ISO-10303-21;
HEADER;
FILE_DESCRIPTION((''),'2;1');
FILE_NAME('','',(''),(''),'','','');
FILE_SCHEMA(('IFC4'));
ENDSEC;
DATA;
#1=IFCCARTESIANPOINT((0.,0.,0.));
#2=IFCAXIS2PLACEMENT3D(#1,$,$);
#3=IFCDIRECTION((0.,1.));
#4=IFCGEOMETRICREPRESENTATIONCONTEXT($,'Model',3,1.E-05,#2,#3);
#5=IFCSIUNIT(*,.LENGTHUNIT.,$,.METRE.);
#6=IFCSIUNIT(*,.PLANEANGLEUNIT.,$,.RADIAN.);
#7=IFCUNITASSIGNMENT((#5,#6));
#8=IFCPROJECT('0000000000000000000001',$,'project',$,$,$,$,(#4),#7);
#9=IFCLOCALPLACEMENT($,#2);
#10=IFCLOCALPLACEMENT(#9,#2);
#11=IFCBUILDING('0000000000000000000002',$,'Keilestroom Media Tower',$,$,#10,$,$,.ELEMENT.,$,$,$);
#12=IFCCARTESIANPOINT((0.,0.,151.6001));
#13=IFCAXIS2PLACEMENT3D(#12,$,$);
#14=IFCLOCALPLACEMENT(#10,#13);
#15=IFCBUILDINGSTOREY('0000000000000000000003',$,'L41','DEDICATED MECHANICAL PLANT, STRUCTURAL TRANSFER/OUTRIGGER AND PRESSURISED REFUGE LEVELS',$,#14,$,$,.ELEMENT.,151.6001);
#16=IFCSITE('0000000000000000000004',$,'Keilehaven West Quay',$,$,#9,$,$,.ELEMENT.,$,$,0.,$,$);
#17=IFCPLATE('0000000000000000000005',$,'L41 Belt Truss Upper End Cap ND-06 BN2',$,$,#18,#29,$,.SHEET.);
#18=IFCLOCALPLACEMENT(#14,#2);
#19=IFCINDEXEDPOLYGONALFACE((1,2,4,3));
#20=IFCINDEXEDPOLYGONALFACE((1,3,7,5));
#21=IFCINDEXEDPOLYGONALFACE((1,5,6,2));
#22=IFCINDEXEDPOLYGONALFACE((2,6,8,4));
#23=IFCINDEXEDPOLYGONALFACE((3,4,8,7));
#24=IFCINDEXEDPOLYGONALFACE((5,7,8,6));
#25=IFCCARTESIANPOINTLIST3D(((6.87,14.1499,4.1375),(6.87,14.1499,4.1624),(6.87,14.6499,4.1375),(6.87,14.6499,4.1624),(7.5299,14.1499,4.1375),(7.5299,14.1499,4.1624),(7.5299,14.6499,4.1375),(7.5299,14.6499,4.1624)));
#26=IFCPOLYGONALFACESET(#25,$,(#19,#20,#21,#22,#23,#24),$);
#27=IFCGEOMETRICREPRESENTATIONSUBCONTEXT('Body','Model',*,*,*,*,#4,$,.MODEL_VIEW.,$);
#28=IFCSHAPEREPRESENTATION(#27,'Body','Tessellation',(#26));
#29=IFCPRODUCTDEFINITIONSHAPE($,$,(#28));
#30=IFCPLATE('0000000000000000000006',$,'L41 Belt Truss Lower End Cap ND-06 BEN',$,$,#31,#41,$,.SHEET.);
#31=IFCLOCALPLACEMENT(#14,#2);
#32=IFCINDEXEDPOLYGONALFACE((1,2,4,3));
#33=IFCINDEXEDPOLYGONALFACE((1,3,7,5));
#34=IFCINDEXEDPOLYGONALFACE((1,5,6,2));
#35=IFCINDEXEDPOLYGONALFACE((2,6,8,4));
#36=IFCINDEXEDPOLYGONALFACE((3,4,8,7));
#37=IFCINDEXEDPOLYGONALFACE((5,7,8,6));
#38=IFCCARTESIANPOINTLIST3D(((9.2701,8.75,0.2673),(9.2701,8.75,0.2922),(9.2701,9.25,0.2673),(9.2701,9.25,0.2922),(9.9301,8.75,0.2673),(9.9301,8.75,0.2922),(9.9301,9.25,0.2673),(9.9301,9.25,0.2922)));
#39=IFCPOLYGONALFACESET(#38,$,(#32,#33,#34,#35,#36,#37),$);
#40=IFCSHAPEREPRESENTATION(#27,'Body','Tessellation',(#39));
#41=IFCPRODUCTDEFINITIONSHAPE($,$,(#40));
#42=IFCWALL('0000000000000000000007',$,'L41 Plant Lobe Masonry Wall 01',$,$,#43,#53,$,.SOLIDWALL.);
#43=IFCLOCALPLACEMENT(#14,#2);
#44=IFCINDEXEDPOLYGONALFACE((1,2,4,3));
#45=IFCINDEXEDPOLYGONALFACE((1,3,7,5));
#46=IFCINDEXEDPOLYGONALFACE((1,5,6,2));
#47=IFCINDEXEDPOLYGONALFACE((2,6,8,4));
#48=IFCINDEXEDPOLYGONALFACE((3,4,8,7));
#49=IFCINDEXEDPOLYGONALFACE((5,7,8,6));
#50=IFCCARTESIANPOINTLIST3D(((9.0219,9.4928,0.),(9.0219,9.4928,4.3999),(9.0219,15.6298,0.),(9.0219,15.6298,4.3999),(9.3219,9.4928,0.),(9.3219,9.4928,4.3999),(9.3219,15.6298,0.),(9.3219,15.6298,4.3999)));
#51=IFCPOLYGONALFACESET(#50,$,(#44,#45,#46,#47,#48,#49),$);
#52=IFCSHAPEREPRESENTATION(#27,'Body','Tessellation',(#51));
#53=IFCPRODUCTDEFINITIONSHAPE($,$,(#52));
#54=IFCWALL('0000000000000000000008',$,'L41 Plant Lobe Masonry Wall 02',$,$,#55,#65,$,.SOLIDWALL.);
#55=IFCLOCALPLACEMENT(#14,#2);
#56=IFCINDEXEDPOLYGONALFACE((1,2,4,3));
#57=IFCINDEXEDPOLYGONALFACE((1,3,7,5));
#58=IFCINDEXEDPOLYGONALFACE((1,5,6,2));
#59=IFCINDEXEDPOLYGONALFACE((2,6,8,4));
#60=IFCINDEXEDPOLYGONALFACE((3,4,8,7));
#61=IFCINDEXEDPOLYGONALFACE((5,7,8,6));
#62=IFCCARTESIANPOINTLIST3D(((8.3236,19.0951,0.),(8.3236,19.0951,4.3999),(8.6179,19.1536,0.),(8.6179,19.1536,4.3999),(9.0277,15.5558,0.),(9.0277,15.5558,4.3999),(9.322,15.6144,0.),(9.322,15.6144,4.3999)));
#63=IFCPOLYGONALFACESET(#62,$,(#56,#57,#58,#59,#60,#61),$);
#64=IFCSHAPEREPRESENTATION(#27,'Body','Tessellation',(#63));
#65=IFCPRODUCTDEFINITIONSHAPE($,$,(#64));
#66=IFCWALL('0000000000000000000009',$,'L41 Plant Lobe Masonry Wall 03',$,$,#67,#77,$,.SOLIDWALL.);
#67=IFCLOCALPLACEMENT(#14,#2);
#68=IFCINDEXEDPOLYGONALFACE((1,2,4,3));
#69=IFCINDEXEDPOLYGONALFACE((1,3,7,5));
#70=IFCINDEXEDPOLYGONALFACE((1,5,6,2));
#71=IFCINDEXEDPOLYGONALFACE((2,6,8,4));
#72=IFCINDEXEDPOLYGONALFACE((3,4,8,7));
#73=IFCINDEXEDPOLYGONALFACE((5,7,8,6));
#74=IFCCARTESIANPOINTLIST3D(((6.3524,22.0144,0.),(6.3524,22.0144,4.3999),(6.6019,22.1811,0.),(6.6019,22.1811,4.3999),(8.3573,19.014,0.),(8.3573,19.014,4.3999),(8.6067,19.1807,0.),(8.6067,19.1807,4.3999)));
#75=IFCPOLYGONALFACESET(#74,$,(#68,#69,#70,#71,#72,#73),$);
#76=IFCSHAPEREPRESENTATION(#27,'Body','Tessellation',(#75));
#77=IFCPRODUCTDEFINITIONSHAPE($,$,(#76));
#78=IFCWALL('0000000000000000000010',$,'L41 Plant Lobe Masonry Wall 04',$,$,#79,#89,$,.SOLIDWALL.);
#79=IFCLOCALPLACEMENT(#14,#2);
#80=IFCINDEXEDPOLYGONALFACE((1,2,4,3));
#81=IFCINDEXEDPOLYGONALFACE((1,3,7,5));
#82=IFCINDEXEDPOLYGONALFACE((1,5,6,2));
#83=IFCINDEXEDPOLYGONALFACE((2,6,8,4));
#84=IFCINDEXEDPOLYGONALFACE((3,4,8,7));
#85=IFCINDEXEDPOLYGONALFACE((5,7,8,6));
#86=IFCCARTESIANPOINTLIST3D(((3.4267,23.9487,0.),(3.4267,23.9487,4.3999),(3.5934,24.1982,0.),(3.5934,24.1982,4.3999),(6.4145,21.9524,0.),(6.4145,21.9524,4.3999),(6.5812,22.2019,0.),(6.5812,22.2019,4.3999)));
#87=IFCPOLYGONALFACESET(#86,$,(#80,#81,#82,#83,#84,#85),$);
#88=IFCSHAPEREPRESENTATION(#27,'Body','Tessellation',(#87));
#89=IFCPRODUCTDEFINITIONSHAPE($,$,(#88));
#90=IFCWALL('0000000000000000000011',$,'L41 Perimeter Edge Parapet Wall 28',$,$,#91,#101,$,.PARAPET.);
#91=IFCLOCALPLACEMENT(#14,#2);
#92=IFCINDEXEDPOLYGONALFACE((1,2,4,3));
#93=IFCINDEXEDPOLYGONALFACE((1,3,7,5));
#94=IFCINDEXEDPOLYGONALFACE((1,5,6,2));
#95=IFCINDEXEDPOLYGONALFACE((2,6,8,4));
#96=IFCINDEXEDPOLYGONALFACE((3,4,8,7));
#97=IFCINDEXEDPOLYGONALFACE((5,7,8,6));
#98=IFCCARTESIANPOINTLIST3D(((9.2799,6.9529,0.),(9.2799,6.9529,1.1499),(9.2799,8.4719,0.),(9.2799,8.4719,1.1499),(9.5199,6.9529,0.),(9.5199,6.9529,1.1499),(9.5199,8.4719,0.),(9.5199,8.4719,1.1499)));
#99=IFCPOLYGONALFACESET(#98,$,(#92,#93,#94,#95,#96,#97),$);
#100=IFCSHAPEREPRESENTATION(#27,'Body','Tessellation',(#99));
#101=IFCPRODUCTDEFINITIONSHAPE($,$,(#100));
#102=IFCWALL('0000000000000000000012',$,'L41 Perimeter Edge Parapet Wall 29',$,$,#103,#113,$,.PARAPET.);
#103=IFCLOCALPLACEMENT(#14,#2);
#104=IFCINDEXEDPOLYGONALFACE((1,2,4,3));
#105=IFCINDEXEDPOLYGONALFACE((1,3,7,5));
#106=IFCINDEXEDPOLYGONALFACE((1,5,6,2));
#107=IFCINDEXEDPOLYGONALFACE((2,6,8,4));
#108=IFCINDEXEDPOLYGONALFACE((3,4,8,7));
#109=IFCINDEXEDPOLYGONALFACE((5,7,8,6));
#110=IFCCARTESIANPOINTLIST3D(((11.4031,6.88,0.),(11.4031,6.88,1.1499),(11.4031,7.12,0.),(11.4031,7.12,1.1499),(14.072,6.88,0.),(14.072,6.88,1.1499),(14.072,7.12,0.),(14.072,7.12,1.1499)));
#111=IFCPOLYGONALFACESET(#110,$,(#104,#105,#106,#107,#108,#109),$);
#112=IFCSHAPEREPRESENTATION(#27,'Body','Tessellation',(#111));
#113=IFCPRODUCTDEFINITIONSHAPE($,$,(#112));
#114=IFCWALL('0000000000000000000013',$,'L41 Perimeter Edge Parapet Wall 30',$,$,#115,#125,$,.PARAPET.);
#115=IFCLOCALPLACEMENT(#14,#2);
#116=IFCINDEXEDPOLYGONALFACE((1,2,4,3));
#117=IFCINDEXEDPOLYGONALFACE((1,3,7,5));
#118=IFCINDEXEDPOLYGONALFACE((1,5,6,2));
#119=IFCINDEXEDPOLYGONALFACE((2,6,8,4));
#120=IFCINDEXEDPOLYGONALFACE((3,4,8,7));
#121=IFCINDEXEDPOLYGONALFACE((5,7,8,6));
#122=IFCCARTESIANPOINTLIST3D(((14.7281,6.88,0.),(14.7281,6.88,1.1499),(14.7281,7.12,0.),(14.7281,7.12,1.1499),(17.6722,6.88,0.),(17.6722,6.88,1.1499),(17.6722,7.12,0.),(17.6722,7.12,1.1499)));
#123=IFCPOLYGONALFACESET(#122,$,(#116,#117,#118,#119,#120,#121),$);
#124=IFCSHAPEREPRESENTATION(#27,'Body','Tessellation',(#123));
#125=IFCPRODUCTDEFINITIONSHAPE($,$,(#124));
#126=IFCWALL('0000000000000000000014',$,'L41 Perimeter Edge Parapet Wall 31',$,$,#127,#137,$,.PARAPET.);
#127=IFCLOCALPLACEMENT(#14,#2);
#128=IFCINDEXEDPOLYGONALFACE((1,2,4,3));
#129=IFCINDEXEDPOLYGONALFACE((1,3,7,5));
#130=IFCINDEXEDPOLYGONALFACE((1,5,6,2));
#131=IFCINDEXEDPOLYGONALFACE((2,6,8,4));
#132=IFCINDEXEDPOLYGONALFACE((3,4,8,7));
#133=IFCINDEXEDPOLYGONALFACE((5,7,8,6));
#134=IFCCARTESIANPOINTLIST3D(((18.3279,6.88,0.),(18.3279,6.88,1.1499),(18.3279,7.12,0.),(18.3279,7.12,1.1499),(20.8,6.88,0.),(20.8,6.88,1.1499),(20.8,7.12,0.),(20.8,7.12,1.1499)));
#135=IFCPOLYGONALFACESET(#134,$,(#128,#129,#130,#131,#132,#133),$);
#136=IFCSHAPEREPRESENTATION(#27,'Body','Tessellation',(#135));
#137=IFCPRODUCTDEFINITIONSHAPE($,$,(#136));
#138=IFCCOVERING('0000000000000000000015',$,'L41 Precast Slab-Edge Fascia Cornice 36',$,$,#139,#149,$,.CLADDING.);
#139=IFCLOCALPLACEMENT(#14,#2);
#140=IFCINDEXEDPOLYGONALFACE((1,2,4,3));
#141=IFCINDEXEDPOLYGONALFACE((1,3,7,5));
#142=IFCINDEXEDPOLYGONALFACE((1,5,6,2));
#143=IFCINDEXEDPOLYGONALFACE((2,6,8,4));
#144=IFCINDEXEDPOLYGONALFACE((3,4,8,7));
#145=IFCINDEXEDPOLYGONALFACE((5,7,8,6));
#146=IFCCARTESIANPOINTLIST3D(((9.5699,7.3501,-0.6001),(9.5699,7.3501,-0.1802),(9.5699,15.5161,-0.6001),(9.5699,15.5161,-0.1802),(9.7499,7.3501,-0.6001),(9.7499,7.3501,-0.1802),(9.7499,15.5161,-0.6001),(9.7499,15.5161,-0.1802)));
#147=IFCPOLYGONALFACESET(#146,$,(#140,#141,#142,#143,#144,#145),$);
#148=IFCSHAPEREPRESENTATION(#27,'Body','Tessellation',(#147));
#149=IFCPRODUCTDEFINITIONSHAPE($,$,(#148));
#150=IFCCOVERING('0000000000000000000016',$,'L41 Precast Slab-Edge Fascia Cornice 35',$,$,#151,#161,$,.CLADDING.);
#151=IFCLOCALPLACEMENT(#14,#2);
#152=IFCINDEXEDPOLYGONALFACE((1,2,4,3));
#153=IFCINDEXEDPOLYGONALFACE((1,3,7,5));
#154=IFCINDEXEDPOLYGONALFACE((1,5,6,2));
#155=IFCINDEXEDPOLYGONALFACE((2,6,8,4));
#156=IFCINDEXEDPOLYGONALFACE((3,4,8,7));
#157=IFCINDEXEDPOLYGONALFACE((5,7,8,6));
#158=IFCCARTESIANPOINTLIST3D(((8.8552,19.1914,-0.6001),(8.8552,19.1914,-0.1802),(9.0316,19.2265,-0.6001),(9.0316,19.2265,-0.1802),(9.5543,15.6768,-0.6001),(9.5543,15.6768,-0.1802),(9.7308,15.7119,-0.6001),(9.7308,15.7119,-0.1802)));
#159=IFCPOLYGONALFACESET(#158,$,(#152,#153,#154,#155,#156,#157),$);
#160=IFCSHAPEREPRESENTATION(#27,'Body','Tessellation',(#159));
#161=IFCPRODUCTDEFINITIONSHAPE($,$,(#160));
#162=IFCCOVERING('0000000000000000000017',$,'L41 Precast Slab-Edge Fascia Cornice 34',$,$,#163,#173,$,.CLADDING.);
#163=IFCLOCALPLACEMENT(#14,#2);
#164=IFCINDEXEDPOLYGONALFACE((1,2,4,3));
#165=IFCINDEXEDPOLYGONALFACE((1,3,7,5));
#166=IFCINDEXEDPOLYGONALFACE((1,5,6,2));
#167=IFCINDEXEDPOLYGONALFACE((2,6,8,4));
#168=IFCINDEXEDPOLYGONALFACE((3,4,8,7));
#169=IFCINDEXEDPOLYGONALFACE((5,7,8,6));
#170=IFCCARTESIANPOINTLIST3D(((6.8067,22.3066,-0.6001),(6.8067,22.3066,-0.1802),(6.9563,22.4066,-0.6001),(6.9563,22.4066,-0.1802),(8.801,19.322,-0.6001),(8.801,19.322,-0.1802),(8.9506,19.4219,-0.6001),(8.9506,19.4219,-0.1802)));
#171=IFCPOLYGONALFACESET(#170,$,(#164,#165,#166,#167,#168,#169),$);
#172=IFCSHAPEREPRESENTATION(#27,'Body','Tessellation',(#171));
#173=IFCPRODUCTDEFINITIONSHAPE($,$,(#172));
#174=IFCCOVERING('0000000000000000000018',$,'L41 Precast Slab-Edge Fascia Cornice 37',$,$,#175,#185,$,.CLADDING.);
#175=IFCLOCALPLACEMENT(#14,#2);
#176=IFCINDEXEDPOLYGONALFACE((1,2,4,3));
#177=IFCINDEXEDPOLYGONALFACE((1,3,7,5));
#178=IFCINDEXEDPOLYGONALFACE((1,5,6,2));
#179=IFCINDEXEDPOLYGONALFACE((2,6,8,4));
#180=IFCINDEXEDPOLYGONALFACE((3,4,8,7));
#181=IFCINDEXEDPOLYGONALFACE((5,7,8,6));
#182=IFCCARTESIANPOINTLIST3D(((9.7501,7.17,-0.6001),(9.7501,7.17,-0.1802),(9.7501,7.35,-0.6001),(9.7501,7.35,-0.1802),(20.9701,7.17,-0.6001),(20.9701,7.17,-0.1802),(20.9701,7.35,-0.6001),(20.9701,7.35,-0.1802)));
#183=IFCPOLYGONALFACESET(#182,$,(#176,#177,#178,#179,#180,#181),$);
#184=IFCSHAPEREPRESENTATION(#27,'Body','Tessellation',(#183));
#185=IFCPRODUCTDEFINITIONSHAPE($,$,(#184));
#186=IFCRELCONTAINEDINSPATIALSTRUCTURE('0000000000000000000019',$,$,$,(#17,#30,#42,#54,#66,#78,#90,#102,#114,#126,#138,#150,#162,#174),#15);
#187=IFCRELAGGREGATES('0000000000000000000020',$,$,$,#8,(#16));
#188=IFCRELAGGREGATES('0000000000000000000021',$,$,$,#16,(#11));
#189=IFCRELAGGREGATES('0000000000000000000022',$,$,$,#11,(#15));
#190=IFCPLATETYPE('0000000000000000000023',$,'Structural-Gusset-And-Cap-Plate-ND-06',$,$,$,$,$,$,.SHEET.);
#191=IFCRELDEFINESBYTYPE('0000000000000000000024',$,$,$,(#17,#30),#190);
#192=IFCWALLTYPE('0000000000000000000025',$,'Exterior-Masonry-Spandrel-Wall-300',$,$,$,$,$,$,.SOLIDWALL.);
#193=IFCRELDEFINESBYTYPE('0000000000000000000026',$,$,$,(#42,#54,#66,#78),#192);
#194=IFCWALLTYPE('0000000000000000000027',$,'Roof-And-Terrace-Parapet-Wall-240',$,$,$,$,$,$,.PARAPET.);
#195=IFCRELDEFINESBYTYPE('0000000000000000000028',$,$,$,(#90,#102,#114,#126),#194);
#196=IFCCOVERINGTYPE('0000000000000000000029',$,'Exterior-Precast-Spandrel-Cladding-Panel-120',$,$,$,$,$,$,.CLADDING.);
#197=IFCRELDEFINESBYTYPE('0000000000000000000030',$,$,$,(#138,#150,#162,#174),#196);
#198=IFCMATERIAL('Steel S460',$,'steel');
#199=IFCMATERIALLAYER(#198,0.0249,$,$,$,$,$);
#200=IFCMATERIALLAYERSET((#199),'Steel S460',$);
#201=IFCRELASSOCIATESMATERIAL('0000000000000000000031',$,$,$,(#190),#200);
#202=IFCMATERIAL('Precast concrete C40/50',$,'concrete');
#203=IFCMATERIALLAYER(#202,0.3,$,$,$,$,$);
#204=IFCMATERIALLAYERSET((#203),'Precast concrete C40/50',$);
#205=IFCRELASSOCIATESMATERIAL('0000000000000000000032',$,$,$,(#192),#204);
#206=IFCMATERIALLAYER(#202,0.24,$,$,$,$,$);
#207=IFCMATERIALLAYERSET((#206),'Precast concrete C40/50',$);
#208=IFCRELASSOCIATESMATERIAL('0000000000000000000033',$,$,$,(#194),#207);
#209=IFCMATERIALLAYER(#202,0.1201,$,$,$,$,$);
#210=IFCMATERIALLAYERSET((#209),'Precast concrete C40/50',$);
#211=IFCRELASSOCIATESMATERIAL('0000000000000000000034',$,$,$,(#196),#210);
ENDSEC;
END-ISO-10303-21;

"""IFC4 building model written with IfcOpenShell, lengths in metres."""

from ifc_helpers import new_model, si_unit, direction, frame, frame_2d, origin, origin_2d, place, context, subcontext, project, spatial, rectangle, extrude, source, transform, mapped, material, layer, layer_set, type_object, element, save


model = new_model("IFC4")

# Units and contexts
model_context = context("Model", 3, precision=1e-05, world=origin(), true_north=direction((0.0, 1.0)))
body_context = subcontext(model_context, "Body", "Model", "MODEL_VIEW")
ifc_project = project(units=[si_unit("LENGTHUNIT", "METRE"), si_unit("PLANEANGLEUNIT", "RADIAN")], contexts=[model_context])

# Site, building, storey
site_placement = place(None, origin())
site = spatial("IfcSite", under=ifc_project, at=site_placement, Name="Keilehaven West Quay", CompositionType="ELEMENT", RefElevation=0.0)
building_placement = place(site_placement, origin())
building = spatial("IfcBuilding", under=site, at=building_placement, Name="Keilestroom Media Tower", CompositionType="ELEMENT")
storey_placement = place(building_placement, frame((0.0, 0.0, 151.6001)))
storey = spatial("IfcBuildingStorey", under=building, at=storey_placement, Name="L41", Description="DEDICATED MECHANICAL PLANT, STRUCTURAL TRANSFER/OUTRIGGER AND PRESSURISED REFUGE LEVELS", CompositionType="ELEMENT", Elevation=151.6001)

# Shared definitions
ifc_material_1 = material(Name="Precast concrete C40/50", Category="concrete")

# Shared definitions
ifc_material_2 = material(Name="Steel S460", Category="steel")

# Plates
ifc_layer_1 = layer(ifc_material_2, 0.0249)
ifc_layer_set_1 = layer_set([ifc_layer_1], Name="Steel S460")
plate_type = type_object("IfcPlateType", Name="Structural-Gusset-And-Cap-Plate-ND-06", PredefinedType="SHEET", material=ifc_layer_set_1)
shared_shape_1 = source(origin(), body_context, "Body", "SweptSolid", [
    extrude(rectangle(XDim=0.6599, YDim=0.5, at=origin_2d()), origin(), (0.0, 0.0, 1.0), 0.0249),
])
for number, where, z_axis, x_axis, name in (
    (1, (7.2, 14.3999, 4.1375), (0.0, 0.0, 1.0), (1.0, 0.0, 0.0), "L41 Belt Truss Upper End Cap ND-06 BN2"),
    (2, (9.6001, 9.0, 0.2673), (0.0, 0.0, 1.0), (1.0, 0.0, 0.0), "L41 Belt Truss Lower End Cap ND-06 BEN"),
):
    element("IfcPlate", number, at=place(storey_placement, frame(where, z_axis=z_axis, x_axis=x_axis)), inside=storey, type_object=plate_type, Name=name, PredefinedType="SHEET", context=body_context, shape_type="MappedRepresentation", body=[
        mapped(shared_shape_1, transform((0.0, 0.0, 0.0), x_axis=(1.0, 0.0, 0.0), y_axis=(0.0, 1.0, 0.0), z_axis=(0.0, 0.0, 1.0), scale=1.0)),
    ])

# Walls
ifc_layer_2 = layer(ifc_material_1, 0.3)
ifc_layer_set_2 = layer_set([ifc_layer_2], Name="Precast concrete C40/50")
wall_type_1 = type_object("IfcWallType", Name="Exterior-Masonry-Spandrel-Wall-300", PredefinedType="SOLIDWALL", material=ifc_layer_set_2)
wall_1_placement = place(storey_placement, frame((9.1719, 9.4929, 0.0), z_axis=(0.0, 0.0, 1.0), x_axis=(0.0, 1.0, 0.0)))
element("IfcWall", 3, at=wall_1_placement, inside=storey, type_object=wall_type_1, Name="L41 Plant Lobe Masonry Wall 01", PredefinedType="SOLIDWALL", context=body_context, shape_type="SweptSolid", body=[
    extrude(rectangle(XDim=6.137, YDim=0.3, at=frame_2d((3.0684, 0.0))), origin(), (0.0, 0.0, 1.0), 4.3999),
])
for number, where, z_axis, x_axis, name in (
    (4, (9.1748, 15.5852, 0.0), (0.0, 0.0, 1.0), (-0.195114, 0.980781, 0.0), "L41 Plant Lobe Masonry Wall 02"),
    (5, (8.4819, 19.0974, 0.0), (0.0, 0.0, 1.0), (-0.555574, 0.831467, 0.0), "L41 Plant Lobe Masonry Wall 03"),
):
    element("IfcWall", number, at=place(storey_placement, frame(where, z_axis=z_axis, x_axis=x_axis)), inside=storey, type_object=wall_type_1, Name=name, PredefinedType="SOLIDWALL", context=body_context, shape_type="SweptSolid", body=[
        extrude(rectangle(XDim=3.6086, YDim=0.3, at=frame_2d((1.8042, 0.0))), origin(), (0.0, 0.0, 1.0), 4.3999),
    ])
wall_2_placement = place(storey_placement, frame((6.4978, 22.0771, 0.0), z_axis=(0.0, 0.0, 1.0), x_axis=(-0.831475, 0.555562, 0.0)))
element("IfcWall", 6, at=wall_2_placement, inside=storey, type_object=wall_type_1, Name="L41 Plant Lobe Masonry Wall 04", PredefinedType="SOLIDWALL", context=body_context, shape_type="SweptSolid", body=[
    extrude(rectangle(XDim=3.5933, YDim=0.3, at=frame_2d((1.7966, 0.0))), origin(), (0.0, 0.0, 1.0), 4.3999),
])
ifc_layer_3 = layer(ifc_material_1, 0.24)
ifc_layer_set_3 = layer_set([ifc_layer_3], Name="Precast concrete C40/50")
wall_type_2 = type_object("IfcWallType", Name="Roof-And-Terrace-Parapet-Wall-240", PredefinedType="PARAPET", material=ifc_layer_set_3)
wall_3_placement = place(storey_placement, frame((9.3999, 8.4719, 0.0), z_axis=(0.0, 0.0, 1.0), x_axis=(0.0, -1.0, 0.0)))
element("IfcWall", 7, at=wall_3_placement, inside=storey, type_object=wall_type_2, Name="L41 Perimeter Edge Parapet Wall 28", PredefinedType="PARAPET", context=body_context, shape_type="SweptSolid", body=[
    extrude(rectangle(XDim=1.519, YDim=0.24, at=frame_2d((0.7595, 0.0))), origin(), (0.0, 0.0, 1.0), 1.1499),
])
wall_4_placement = place(storey_placement, frame((11.4031, 7.0, 0.0), z_axis=(0.0, 0.0, 1.0), x_axis=(1.0, 0.0, 0.0)))
element("IfcWall", 8, at=wall_4_placement, inside=storey, type_object=wall_type_2, Name="L41 Perimeter Edge Parapet Wall 29", PredefinedType="PARAPET", context=body_context, shape_type="SweptSolid", body=[
    extrude(rectangle(XDim=2.6689, YDim=0.24, at=frame_2d((1.3345, 0.0))), origin(), (0.0, 0.0, 1.0), 1.1499),
])
wall_5_placement = place(storey_placement, frame((14.728, 7.0, 0.0), z_axis=(0.0, 0.0, 1.0), x_axis=(1.0, 0.0, 0.0)))
element("IfcWall", 9, at=wall_5_placement, inside=storey, type_object=wall_type_2, Name="L41 Perimeter Edge Parapet Wall 30", PredefinedType="PARAPET", context=body_context, shape_type="SweptSolid", body=[
    extrude(rectangle(XDim=2.9441, YDim=0.24, at=frame_2d((1.4722, 0.0))), origin(), (0.0, 0.0, 1.0), 1.1499),
])
wall_6_placement = place(storey_placement, frame((18.3279, 7.0, 0.0), z_axis=(0.0, 0.0, 1.0), x_axis=(1.0, 0.0, 0.0)))
element("IfcWall", 10, at=wall_6_placement, inside=storey, type_object=wall_type_2, Name="L41 Perimeter Edge Parapet Wall 31", PredefinedType="PARAPET", context=body_context, shape_type="SweptSolid", body=[
    extrude(rectangle(XDim=2.4722, YDim=0.24, at=frame_2d((1.2361, 0.0))), origin(), (0.0, 0.0, 1.0), 1.1499),
])

# Coverings
ifc_layer_4 = layer(ifc_material_1, 0.1201)
ifc_layer_set_4 = layer_set([ifc_layer_4], Name="Precast concrete C40/50")
covering_type = type_object("IfcCoveringType", Name="Exterior-Precast-Spandrel-Cladding-Panel-120", PredefinedType="CLADDING", material=ifc_layer_set_4)
shared_shape_2 = source(origin(), body_context, "Body", "SweptSolid", [
    extrude(rectangle(XDim=8.166, YDim=0.1799, at=origin_2d()), origin(), (0.0, 0.0, 1.0), 0.4199),
])
covering_1_placement = place(storey_placement, frame((9.6599, 11.4331, -0.6001), z_axis=(0.0, 0.0, 1.0), x_axis=(0.0, -1.0, 0.0)))
element("IfcCovering", 11, at=covering_1_placement, inside=storey, type_object=covering_type, Name="L41 Precast Slab-Edge Fascia Cornice 36", PredefinedType="CLADDING", context=body_context, shape_type="MappedRepresentation", body=[
    mapped(shared_shape_2, transform((0.0, 0.0, 0.0), x_axis=(1.0, 0.0, 0.0), y_axis=(0.0, 1.0, 0.0), z_axis=(0.0, 0.0, 1.0), scale=1.0)),
])
shared_shape_3 = source(origin(), body_context, "Body", "SweptSolid", [
    extrude(rectangle(XDim=3.5835, YDim=0.1799, at=origin_2d()), origin(), (0.0, 0.0, 1.0), 0.4199),
])
covering_2_placement = place(storey_placement, frame((9.293, 17.4517, -0.6001), z_axis=(0.0, 0.0, 1.0), x_axis=(0.195099, -0.980784, 0.0)))
element("IfcCovering", 12, at=covering_2_placement, inside=storey, type_object=covering_type, Name="L41 Precast Slab-Edge Fascia Cornice 35", PredefinedType="CLADDING", context=body_context, shape_type="MappedRepresentation", body=[
    mapped(shared_shape_3, transform((0.0, 0.0, 0.0), x_axis=(1.0, 0.0, 0.0), y_axis=(0.0, 1.0, 0.0), z_axis=(0.0, 0.0, 1.0), scale=1.0)),
])
shared_shape_4 = source(origin(), body_context, "Body", "SweptSolid", [
    extrude(rectangle(XDim=3.5896, YDim=0.1799, at=origin_2d()), origin(), (0.0, 0.0, 1.0), 0.4199),
])
covering_3_placement = place(storey_placement, frame((7.8787, 20.8643, -0.6001), z_axis=(0.0, 0.0, 1.0), x_axis=(0.555575, -0.831467, 0.0)))
element("IfcCovering", 13, at=covering_3_placement, inside=storey, type_object=covering_type, Name="L41 Precast Slab-Edge Fascia Cornice 34", PredefinedType="CLADDING", context=body_context, shape_type="MappedRepresentation", body=[
    mapped(shared_shape_4, transform((0.0, 0.0, 0.0), x_axis=(1.0, 0.0, 0.0), y_axis=(0.0, 1.0, 0.0), z_axis=(0.0, 0.0, 1.0), scale=1.0)),
])
shared_shape_5 = source(origin(), body_context, "Body", "SweptSolid", [
    extrude(rectangle(XDim=11.22, YDim=0.1799, at=origin_2d()), origin(), (0.0, 0.0, 1.0), 0.4199),
])
covering_4_placement = place(storey_placement, frame((15.3601, 7.26, -0.6001), z_axis=(0.0, 0.0, 1.0), x_axis=(1.0, 0.0, 0.0)))
element("IfcCovering", 14, at=covering_4_placement, inside=storey, type_object=covering_type, Name="L41 Precast Slab-Edge Fascia Cornice 37", PredefinedType="CLADDING", context=body_context, shape_type="MappedRepresentation", body=[
    mapped(shared_shape_5, transform((0.0, 0.0, 0.0), x_axis=(1.0, 0.0, 0.0), y_axis=(0.0, 1.0, 0.0), z_axis=(0.0, 0.0, 1.0), scale=1.0)),
])

save(model, "model.ifc")
